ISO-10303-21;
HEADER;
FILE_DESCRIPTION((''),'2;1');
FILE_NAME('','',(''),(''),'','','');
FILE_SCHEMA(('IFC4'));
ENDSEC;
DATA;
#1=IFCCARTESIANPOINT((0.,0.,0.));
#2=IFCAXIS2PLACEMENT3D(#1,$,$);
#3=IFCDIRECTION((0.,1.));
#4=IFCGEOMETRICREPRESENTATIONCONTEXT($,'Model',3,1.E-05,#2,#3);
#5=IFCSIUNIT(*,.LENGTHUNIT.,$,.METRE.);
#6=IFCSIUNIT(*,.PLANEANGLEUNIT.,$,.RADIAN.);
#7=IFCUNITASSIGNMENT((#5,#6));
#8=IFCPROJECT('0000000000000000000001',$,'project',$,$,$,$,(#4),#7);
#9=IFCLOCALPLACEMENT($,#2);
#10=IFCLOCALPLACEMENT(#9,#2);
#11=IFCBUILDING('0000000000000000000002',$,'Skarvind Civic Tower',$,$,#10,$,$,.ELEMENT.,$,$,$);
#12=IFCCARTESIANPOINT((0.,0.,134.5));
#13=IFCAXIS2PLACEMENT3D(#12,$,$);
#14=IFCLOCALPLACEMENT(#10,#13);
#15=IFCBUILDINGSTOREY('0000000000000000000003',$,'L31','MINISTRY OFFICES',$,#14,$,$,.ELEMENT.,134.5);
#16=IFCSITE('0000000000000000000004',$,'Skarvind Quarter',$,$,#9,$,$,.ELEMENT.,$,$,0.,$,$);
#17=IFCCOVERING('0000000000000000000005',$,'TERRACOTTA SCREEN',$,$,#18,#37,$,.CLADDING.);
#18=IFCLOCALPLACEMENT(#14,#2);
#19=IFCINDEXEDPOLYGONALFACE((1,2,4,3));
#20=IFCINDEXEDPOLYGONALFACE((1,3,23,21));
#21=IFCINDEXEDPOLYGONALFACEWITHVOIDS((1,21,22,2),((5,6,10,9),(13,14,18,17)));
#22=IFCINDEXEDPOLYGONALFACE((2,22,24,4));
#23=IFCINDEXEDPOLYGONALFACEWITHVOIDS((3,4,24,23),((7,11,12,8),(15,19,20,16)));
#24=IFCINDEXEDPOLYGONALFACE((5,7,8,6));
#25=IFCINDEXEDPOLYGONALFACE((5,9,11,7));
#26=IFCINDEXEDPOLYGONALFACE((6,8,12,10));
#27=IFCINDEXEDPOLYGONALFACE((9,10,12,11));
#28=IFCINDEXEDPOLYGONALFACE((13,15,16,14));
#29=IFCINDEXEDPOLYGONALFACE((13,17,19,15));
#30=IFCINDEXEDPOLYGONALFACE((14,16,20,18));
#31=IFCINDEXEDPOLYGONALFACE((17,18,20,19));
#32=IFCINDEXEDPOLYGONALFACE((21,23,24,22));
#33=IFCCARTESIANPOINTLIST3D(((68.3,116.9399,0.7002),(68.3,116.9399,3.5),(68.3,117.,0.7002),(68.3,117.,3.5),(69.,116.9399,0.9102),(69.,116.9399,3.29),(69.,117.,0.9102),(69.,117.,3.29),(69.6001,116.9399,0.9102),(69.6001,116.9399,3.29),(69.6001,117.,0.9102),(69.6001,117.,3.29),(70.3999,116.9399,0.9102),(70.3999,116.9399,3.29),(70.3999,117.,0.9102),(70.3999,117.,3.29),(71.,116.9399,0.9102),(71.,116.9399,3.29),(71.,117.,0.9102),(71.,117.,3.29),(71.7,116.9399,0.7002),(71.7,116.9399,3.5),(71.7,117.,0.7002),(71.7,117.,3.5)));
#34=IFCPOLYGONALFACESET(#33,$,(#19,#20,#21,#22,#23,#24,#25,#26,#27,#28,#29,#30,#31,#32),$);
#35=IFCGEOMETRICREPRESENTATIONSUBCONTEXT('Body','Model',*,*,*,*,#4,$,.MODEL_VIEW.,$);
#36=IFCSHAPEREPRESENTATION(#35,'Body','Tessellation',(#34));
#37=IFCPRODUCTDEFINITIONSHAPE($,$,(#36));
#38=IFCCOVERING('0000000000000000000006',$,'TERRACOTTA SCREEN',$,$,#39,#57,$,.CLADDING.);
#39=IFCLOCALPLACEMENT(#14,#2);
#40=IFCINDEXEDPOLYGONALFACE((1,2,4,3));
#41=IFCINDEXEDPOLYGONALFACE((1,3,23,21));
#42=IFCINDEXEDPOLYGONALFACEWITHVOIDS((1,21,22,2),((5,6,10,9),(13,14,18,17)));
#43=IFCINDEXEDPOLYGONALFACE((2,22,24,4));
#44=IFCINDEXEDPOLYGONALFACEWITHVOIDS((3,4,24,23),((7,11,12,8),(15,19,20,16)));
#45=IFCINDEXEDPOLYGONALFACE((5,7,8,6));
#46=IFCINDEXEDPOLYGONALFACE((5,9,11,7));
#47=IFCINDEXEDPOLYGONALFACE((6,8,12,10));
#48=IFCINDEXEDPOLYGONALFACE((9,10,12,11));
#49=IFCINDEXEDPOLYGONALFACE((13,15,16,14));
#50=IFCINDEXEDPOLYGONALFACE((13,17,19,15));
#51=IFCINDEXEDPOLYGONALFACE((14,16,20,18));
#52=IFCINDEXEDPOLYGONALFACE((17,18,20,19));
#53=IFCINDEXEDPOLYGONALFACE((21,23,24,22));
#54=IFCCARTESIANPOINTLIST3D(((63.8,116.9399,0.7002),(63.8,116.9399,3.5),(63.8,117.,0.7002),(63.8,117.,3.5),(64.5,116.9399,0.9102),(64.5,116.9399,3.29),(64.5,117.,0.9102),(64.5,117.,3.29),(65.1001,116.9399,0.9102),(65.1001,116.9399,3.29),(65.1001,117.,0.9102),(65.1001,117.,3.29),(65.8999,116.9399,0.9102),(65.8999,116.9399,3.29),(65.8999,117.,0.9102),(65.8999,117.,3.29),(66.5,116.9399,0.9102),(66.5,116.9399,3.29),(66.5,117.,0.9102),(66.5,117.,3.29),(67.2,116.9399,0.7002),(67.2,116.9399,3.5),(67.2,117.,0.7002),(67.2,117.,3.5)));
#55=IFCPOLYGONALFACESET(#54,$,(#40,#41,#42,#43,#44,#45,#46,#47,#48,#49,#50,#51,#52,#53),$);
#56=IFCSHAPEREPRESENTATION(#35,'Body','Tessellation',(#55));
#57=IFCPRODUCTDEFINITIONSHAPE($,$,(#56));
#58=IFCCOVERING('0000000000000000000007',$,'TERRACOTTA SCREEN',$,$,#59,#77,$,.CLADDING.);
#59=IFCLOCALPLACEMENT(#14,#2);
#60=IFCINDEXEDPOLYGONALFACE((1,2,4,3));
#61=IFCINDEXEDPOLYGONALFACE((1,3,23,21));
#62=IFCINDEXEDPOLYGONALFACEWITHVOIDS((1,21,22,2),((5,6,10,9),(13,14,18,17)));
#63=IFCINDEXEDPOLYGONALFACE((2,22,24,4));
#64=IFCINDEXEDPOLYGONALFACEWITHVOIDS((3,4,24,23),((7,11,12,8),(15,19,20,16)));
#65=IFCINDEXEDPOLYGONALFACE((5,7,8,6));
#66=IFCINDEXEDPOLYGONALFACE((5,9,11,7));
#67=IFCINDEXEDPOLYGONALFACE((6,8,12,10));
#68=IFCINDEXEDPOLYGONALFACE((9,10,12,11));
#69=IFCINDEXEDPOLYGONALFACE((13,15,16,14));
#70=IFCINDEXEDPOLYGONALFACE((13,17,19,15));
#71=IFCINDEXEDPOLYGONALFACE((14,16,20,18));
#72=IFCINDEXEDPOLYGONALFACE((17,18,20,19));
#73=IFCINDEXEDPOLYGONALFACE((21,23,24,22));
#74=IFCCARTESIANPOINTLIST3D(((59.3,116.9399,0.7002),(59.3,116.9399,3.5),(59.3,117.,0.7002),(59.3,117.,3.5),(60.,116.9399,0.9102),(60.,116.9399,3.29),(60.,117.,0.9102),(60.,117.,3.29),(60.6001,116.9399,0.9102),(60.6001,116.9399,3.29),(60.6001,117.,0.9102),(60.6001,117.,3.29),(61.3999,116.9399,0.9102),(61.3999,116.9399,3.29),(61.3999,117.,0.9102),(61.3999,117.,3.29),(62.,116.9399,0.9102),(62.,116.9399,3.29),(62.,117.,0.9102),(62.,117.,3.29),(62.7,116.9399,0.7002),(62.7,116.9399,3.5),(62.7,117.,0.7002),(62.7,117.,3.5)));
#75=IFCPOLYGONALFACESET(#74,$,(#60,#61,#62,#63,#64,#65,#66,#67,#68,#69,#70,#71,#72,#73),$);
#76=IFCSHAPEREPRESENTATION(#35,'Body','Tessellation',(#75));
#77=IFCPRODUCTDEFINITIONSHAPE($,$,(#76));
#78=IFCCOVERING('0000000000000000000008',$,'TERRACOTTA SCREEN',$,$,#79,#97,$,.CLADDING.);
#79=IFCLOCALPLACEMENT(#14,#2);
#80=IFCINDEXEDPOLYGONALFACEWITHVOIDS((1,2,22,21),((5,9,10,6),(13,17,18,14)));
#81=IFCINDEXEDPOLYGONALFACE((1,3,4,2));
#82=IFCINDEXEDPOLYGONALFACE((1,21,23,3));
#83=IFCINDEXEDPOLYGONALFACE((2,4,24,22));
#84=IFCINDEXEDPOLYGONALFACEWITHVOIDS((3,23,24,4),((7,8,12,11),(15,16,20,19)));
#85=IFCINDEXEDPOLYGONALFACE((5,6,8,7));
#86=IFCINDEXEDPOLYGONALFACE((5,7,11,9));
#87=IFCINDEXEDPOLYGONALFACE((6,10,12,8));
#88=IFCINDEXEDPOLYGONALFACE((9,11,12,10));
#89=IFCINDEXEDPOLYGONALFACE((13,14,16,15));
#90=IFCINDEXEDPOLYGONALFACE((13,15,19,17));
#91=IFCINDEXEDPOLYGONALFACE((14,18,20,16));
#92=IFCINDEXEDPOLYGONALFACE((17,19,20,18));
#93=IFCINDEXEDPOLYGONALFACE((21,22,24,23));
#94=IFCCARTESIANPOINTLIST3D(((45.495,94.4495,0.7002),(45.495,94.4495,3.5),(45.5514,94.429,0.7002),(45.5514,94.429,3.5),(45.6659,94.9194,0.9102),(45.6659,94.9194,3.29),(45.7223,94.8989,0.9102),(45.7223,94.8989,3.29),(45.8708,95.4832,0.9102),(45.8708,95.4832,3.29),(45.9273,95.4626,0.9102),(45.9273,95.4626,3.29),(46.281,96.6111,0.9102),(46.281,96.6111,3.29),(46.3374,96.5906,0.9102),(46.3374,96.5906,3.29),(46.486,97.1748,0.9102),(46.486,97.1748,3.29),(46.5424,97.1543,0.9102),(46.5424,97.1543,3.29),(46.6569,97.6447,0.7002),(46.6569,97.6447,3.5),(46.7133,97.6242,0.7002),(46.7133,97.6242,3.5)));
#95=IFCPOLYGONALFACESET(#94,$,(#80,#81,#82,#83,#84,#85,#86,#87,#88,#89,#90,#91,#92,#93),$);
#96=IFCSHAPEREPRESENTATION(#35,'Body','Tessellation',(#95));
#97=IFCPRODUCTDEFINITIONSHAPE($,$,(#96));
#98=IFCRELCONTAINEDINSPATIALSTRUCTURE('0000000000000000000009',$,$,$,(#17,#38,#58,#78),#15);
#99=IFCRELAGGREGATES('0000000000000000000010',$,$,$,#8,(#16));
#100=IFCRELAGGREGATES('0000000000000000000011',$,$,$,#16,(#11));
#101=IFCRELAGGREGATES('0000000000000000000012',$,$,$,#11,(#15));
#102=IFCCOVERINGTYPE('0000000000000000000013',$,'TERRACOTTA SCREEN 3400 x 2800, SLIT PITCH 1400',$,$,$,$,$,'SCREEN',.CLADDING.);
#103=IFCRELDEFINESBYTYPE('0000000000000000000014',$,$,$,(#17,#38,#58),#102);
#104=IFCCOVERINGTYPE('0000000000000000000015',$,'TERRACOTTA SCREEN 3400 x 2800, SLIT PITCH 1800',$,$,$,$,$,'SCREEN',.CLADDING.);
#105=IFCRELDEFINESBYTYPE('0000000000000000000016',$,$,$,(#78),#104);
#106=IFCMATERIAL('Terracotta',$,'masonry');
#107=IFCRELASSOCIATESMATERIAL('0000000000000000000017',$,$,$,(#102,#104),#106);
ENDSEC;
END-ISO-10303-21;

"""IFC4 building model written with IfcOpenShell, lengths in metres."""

from ifc_helpers import new_model, si_unit, direction, frame, origin, place, context, subcontext, project, spatial, polyline, outline, extrude, material, material_profile, profile_set, type_object, element, save


model = new_model("IFC4")

# Units and contexts
model_context = context("Model", 3, precision=1e-05, world=origin(), true_north=direction((0.0, 1.0)))
body_context = subcontext(model_context, "Body", "Model", "MODEL_VIEW")
ifc_project = project(units=[si_unit("LENGTHUNIT", "METRE"), si_unit("PLANEANGLEUNIT", "RADIAN")], contexts=[model_context])

# Site, building, storey
site_placement = place(None, origin())
site = spatial("IfcSite", under=ifc_project, at=site_placement, Name="Skarvind Quarter", CompositionType="ELEMENT", RefElevation=0.0)
building_placement = place(site_placement, origin())
building = spatial("IfcBuilding", under=site, at=building_placement, Name="Skarvind Civic Tower", CompositionType="ELEMENT")
storey_placement = place(building_placement, frame((0.0, 0.0, 134.5)))
storey = spatial("IfcBuildingStorey", under=building, at=storey_placement, Name="L31", Description="MINISTRY OFFICES", CompositionType="ELEMENT", Elevation=134.5)

# Coverings
ifc_material_1 = material(Name="Terracotta", Category="masonry")
ifc_material_profile_1 = material_profile(ifc_material_1, outline(polyline([(-1.7, -1.3999), (1.7, -1.3999), (1.7, 1.3999), (-1.7, 1.3999), (-1.7, -1.3999)]), holes=[polyline([(-1.0, -1.1899), (-0.3999, -1.1899), (-0.3999, 1.1899), (-1.0, 1.1899), (-1.0, -1.1899)]), polyline([(0.3999, -1.1899), (1.0, -1.1899), (1.0, 1.1899), (0.3999, 1.1899), (0.3999, -1.1899)])]), Name="TERRACOTTA SCREEN 3400 x 2800, SLIT PITCH 1400")
ifc_profile_set_1 = profile_set([ifc_material_profile_1], Name="Terracotta")
covering_type_1 = type_object("IfcCoveringType", Name="TERRACOTTA SCREEN 3400 x 2800, SLIT PITCH 1400", ElementType="SCREEN", PredefinedType="CLADDING", material=ifc_profile_set_1)
for number, where, z_axis, x_axis, name in (
    (1, (70.0, 117.0, 2.1001), (0.0, -1.0, 0.0), (1.0, 0.0, 0.0), "TERRACOTTA SCREEN"),
    (2, (65.5, 117.0, 2.1001), (0.0, -1.0, 0.0), (1.0, 0.0, 0.0), "TERRACOTTA SCREEN"),
    (3, (61.0, 117.0, 2.1001), (0.0, -1.0, 0.0), (1.0, 0.0, 0.0), "TERRACOTTA SCREEN"),
):
    element("IfcCovering", number, at=place(storey_placement, frame(where, z_axis=z_axis, x_axis=x_axis)), inside=storey, type_object=covering_type_1, Name=name, PredefinedType="CLADDING", context=body_context, shape_type="SweptSolid", body=[
        extrude(outline(polyline([(-1.7, -1.3999), (1.7, -1.3999), (1.7, 1.3999), (-1.7, 1.3999), (-1.7, -1.3999)]), holes=[polyline([(-1.0, -1.1899), (-0.3999, -1.1899), (-0.3999, 1.1899), (-1.0, 1.1899), (-1.0, -1.1899)]), polyline([(0.3999, -1.1899), (1.0, -1.1899), (1.0, 1.1899), (0.3999, 1.1899), (0.3999, -1.1899)])]), origin(), (0.0, 0.0, 1.0), 0.0601),
    ])
ifc_material_profile_2 = material_profile(ifc_material_1, outline(polyline([(-1.7, -1.3999), (1.7, -1.3999), (1.7, 1.3999), (-1.7, 1.3999), (-1.7, -1.3999)]), holes=[polyline([(-1.2, -1.1899), (-0.6001, -1.1899), (-0.6001, 1.1899), (-1.2, 1.1899), (-1.2, -1.1899)]), polyline([(0.6001, -1.1899), (1.2, -1.1899), (1.2, 1.1899), (0.6001, 1.1899), (0.6001, -1.1899)])]), Name="TERRACOTTA SCREEN 3400 x 2800, SLIT PITCH 1800")
ifc_profile_set_2 = profile_set([ifc_material_profile_2], Name="Terracotta")
covering_type_2 = type_object("IfcCoveringType", Name="TERRACOTTA SCREEN 3400 x 2800, SLIT PITCH 1800", ElementType="SCREEN", PredefinedType="CLADDING", material=ifc_profile_set_2)
covering_placement = place(storey_placement, frame((46.0759, 96.0471, 2.1001), z_axis=(0.939793, -0.341743, 0.0), x_axis=(0.341743, 0.939793, 0.0)))
element("IfcCovering", 4, at=covering_placement, inside=storey, type_object=covering_type_2, Name="TERRACOTTA SCREEN", PredefinedType="CLADDING", context=body_context, shape_type="SweptSolid", body=[
    extrude(outline(polyline([(-1.7, -1.3999), (1.7, -1.3999), (1.7, 1.3999), (-1.7, 1.3999), (-1.7, -1.3999)]), holes=[polyline([(-1.2, -1.1899), (-0.6001, -1.1899), (-0.6001, 1.1899), (-1.2, 1.1899), (-1.2, -1.1899)]), polyline([(0.6001, -1.1899), (1.2, -1.1899), (1.2, 1.1899), (0.6001, 1.1899), (0.6001, -1.1899)])]), origin(), (0.0, 0.0, 1.0), 0.0601),
])

save(model, "model.ifc")
